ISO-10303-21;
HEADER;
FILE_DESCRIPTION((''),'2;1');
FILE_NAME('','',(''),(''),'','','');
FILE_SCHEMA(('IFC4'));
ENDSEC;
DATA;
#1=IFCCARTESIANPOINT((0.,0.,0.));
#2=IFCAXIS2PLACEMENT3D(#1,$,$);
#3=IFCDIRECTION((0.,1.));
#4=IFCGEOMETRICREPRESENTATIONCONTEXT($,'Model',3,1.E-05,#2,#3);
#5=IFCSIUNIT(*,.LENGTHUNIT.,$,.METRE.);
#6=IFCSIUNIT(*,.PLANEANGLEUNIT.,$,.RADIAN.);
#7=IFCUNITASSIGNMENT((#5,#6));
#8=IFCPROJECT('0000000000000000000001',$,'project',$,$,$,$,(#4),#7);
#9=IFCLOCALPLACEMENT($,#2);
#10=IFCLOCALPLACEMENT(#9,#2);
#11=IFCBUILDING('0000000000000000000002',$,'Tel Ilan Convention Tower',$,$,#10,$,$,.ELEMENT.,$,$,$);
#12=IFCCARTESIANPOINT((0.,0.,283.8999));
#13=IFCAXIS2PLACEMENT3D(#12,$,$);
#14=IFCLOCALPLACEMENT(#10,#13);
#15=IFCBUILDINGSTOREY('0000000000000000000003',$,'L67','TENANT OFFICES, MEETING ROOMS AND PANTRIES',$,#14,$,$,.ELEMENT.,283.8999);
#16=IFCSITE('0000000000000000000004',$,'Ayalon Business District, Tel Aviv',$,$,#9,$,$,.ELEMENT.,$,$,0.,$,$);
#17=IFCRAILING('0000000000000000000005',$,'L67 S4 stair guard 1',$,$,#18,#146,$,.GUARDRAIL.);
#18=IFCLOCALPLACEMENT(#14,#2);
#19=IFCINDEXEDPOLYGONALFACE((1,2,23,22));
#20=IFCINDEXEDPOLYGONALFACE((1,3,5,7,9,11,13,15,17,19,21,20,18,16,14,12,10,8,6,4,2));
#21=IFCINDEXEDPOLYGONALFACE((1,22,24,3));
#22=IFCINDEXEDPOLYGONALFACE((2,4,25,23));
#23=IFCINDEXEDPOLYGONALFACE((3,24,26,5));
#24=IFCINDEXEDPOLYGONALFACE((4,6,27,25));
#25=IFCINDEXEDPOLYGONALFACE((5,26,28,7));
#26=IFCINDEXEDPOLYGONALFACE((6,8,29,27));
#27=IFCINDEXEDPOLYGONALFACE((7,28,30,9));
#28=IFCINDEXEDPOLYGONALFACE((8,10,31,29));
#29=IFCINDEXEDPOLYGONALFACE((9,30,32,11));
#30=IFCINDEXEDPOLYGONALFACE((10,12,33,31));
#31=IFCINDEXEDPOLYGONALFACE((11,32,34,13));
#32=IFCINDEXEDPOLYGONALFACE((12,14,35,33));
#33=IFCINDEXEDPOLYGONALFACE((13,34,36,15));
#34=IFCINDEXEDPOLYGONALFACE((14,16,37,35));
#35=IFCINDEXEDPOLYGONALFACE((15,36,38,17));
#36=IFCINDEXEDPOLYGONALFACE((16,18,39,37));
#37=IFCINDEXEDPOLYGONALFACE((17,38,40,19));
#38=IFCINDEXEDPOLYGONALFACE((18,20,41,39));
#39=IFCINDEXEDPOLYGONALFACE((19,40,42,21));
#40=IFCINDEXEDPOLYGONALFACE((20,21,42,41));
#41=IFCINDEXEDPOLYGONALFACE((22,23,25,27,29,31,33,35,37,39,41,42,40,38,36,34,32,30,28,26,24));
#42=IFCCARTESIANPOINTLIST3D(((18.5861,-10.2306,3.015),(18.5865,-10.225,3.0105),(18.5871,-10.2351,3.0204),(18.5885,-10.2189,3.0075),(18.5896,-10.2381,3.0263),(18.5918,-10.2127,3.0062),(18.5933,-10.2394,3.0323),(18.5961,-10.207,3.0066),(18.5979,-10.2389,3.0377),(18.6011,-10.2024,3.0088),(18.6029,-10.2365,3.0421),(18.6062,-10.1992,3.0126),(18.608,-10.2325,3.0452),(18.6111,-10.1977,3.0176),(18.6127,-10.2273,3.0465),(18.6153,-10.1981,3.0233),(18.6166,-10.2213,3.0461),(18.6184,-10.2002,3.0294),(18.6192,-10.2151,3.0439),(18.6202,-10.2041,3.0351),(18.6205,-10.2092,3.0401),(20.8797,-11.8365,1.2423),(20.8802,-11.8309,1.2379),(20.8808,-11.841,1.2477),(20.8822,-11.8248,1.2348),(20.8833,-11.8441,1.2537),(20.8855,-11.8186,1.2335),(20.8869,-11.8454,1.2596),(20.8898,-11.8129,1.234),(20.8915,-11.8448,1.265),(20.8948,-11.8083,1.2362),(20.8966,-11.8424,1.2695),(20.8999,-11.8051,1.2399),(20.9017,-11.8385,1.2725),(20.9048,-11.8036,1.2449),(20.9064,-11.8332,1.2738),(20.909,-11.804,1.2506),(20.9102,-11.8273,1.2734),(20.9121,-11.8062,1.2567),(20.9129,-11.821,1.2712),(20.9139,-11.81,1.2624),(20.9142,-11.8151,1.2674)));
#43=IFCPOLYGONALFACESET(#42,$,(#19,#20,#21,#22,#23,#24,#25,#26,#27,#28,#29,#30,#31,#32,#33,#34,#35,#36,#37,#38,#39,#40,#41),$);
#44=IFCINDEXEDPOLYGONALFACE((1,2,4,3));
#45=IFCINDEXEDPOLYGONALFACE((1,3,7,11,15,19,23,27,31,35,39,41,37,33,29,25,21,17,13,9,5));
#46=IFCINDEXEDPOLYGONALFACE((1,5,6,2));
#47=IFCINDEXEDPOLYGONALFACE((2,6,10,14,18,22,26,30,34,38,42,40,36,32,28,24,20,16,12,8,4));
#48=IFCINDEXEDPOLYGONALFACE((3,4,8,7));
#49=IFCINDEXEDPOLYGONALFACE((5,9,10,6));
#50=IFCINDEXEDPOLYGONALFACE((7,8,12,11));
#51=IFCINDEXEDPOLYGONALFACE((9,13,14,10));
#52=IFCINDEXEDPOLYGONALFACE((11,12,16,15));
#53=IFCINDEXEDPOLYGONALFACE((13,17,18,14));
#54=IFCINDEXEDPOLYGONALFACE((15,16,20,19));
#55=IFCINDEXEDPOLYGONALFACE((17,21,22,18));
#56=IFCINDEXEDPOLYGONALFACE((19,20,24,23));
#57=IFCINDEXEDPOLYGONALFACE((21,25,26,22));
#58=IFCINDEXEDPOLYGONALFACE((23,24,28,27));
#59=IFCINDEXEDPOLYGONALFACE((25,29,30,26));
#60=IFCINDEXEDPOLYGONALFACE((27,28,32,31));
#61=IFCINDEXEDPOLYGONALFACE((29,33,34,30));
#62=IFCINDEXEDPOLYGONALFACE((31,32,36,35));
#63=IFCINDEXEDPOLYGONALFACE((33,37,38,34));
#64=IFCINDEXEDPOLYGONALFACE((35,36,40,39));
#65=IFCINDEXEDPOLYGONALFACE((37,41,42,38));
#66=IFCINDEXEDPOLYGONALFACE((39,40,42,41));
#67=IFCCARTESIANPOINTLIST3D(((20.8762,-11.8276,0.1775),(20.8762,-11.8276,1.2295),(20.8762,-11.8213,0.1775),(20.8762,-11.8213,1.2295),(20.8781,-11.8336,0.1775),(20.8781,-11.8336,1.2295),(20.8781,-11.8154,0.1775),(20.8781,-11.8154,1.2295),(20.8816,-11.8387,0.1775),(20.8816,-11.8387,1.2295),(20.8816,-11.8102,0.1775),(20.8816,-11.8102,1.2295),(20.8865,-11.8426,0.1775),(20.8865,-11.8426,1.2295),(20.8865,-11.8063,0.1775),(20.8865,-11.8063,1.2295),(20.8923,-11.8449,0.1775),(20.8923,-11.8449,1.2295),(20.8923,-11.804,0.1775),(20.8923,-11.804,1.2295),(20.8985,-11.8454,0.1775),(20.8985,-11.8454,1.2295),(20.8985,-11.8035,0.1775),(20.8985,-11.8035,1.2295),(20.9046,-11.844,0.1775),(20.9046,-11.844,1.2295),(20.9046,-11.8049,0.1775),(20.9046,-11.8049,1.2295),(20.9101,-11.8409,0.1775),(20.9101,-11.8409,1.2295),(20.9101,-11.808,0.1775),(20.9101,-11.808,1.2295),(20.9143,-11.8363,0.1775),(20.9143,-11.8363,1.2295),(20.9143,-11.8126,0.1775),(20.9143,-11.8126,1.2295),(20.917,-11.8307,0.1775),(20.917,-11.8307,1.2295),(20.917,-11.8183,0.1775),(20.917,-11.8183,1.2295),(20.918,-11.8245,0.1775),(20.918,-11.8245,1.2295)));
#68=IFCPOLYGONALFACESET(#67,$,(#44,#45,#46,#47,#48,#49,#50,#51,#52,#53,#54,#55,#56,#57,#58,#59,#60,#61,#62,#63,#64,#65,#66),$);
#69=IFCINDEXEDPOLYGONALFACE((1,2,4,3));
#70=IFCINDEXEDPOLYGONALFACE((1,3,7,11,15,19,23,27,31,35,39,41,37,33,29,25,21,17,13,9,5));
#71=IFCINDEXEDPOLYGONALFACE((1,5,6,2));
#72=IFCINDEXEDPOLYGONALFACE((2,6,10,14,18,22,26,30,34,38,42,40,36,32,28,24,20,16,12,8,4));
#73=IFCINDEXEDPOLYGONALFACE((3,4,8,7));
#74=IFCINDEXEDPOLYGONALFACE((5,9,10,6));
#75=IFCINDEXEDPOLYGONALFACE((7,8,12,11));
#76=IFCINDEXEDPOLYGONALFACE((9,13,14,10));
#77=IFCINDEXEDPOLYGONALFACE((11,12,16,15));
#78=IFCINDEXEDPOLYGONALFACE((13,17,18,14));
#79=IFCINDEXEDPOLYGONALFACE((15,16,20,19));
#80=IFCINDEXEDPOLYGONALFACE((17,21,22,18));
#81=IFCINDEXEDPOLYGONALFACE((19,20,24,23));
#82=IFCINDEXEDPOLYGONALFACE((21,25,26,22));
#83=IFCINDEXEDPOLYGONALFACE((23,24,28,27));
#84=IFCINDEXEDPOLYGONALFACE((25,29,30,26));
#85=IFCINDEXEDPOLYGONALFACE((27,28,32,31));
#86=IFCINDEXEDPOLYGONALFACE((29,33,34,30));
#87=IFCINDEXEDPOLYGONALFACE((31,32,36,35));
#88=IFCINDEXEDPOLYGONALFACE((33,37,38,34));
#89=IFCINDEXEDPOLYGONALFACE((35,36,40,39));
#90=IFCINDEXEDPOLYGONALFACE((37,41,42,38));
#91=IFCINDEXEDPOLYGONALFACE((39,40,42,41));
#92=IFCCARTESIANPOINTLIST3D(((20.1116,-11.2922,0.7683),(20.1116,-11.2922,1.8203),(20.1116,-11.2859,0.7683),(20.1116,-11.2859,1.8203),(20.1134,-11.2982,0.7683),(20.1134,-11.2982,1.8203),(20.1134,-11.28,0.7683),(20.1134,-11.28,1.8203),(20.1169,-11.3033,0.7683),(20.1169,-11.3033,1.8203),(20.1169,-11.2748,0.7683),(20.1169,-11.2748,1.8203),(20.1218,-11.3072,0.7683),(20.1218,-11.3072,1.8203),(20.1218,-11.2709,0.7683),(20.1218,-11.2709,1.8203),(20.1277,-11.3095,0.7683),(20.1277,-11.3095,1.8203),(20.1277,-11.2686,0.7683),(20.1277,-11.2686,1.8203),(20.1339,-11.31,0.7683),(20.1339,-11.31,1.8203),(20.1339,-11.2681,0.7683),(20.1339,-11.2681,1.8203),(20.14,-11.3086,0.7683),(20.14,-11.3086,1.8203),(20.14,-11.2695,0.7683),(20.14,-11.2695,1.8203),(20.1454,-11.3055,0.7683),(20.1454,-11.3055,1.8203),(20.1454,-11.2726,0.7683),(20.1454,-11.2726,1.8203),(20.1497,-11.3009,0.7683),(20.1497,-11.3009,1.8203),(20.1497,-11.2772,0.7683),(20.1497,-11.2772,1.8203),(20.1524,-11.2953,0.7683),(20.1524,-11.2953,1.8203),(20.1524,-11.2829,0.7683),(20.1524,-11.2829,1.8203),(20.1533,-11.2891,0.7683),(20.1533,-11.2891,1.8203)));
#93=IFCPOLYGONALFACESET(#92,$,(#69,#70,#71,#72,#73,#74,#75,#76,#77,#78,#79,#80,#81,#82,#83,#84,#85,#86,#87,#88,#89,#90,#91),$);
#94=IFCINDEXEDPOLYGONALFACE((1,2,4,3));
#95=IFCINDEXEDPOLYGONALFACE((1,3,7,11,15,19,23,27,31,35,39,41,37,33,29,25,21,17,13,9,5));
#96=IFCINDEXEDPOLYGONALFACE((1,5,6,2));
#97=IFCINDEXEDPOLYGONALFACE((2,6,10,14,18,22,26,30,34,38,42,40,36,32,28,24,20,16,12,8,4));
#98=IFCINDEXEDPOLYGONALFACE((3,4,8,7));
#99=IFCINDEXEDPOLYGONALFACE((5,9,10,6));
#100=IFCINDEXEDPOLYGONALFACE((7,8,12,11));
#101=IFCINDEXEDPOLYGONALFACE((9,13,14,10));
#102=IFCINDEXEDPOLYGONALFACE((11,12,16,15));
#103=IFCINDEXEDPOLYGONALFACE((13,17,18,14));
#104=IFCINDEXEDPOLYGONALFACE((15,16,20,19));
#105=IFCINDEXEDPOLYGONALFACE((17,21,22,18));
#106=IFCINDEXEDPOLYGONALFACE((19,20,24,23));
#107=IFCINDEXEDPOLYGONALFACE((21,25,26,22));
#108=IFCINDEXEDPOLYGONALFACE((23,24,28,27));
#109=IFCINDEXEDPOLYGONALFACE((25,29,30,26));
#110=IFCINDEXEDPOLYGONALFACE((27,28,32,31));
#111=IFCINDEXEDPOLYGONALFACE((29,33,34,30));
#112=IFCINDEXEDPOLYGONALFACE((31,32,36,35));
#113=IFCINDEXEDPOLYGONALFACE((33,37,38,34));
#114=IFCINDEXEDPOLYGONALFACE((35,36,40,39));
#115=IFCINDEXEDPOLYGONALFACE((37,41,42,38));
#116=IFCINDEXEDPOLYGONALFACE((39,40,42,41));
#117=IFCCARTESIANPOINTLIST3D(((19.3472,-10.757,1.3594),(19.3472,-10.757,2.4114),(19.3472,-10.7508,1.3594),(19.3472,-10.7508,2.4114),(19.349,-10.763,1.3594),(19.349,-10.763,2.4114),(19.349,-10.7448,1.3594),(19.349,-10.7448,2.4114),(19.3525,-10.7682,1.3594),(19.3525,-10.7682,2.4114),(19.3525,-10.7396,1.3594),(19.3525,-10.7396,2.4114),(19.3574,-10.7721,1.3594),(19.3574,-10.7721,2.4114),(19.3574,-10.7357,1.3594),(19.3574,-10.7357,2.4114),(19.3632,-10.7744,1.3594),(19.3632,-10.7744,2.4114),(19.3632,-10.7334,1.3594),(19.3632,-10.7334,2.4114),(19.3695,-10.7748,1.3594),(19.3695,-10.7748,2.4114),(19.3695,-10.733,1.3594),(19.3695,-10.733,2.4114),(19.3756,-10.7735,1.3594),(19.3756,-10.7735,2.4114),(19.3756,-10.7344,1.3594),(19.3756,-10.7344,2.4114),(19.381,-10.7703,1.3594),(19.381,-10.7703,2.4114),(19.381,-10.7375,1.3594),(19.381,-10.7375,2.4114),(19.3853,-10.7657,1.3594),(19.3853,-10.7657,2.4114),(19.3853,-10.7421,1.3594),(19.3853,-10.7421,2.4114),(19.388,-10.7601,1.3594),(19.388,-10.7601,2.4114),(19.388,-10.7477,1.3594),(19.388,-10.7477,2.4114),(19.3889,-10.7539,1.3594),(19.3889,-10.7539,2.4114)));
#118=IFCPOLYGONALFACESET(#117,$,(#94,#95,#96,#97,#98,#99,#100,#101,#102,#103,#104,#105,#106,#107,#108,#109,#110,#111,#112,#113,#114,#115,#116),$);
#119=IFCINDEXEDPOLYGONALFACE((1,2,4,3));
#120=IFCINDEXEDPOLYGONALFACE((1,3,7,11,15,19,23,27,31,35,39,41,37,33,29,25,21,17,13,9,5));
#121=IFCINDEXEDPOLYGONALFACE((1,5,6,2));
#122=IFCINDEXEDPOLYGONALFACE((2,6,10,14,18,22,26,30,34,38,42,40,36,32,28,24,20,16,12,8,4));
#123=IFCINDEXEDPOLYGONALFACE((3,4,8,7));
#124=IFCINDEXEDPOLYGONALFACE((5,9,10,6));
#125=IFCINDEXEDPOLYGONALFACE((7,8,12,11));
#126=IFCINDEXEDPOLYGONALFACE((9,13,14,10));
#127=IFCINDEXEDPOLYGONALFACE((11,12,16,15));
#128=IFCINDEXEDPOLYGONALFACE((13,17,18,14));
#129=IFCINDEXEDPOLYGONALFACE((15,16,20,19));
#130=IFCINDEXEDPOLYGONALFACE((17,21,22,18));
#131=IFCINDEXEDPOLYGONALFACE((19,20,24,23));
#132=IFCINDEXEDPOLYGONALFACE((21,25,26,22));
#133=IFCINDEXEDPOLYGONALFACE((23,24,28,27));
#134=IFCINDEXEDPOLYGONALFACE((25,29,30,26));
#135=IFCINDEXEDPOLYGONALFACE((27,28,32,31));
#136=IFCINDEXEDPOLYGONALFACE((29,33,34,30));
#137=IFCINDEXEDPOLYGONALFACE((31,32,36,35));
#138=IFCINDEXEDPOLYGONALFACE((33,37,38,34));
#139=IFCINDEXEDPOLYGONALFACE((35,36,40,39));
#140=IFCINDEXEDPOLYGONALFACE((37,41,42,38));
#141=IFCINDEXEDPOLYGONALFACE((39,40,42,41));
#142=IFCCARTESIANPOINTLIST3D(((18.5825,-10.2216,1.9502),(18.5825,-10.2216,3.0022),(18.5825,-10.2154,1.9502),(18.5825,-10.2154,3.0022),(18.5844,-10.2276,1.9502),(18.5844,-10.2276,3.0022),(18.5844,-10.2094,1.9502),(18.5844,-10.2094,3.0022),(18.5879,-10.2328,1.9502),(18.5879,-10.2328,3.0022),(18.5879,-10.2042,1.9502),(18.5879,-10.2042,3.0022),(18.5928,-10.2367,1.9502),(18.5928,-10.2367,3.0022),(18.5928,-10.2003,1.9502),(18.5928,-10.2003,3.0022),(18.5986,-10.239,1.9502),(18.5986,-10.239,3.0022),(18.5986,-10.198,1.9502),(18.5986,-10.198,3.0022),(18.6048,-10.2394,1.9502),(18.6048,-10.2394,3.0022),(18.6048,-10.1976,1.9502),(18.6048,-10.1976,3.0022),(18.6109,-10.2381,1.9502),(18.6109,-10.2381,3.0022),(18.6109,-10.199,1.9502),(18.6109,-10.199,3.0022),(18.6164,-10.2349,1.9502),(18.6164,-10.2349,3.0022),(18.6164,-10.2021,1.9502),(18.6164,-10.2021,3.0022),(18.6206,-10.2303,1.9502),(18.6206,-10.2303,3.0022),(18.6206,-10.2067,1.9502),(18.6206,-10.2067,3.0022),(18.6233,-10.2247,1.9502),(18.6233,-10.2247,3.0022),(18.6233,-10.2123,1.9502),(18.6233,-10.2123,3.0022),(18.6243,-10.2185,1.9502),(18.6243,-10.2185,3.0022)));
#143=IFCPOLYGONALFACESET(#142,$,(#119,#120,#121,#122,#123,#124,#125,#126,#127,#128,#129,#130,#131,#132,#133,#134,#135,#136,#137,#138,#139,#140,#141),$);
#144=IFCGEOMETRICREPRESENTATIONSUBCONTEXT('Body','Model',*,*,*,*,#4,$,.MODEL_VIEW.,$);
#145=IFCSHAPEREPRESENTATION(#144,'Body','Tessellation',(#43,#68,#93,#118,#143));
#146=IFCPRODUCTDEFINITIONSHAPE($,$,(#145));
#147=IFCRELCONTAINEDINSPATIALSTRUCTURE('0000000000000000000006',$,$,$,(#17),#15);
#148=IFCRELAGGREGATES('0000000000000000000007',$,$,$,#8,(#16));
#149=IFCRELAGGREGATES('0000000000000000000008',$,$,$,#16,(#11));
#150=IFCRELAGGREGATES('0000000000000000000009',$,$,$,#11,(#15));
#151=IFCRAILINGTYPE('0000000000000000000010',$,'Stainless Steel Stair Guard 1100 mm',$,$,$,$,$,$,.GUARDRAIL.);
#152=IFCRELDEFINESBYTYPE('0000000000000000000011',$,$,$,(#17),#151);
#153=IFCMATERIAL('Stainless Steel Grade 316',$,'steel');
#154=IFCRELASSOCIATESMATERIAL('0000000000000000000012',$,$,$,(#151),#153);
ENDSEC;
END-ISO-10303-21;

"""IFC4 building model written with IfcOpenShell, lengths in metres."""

from ifc_helpers import new_model, si_unit, direction, frame, origin, origin_2d, place, context, subcontext, project, spatial, circle, extrude, material, type_object, element, save


model = new_model("IFC4")

# Units and contexts
model_context = context("Model", 3, precision=1e-05, world=origin(), true_north=direction((0.0, 1.0)))
body_context = subcontext(model_context, "Body", "Model", "MODEL_VIEW")
ifc_project = project(units=[si_unit("LENGTHUNIT", "METRE"), si_unit("PLANEANGLEUNIT", "RADIAN")], contexts=[model_context])

# Site, building, storey
site_placement = place(None, origin())
site = spatial("IfcSite", under=ifc_project, at=site_placement, Name="Ayalon Business District, Tel Aviv", CompositionType="ELEMENT", RefElevation=0.0)
building_placement = place(site_placement, origin())
building = spatial("IfcBuilding", under=site, at=building_placement, Name="Tel Ilan Convention Tower", CompositionType="ELEMENT")
storey_placement = place(building_placement, frame((0.0, 0.0, 283.8999)))
storey = spatial("IfcBuildingStorey", under=building, at=storey_placement, Name="L67", Description="TENANT OFFICES, MEETING ROOMS AND PANTRIES", CompositionType="ELEMENT", Elevation=283.8999)

# Railing
ifc_material_1 = material(Name="Stainless Steel Grade 316", Category="steel")
railing_type = type_object("IfcRailingType", Name="Stainless Steel Stair Guard 1100 mm", PredefinedType="GUARDRAIL", material=ifc_material_1)
railing_1_placement = place(storey_placement, frame((20.897, -11.8245, 0.1775)))
element("IfcRailing", 1, at=railing_1_placement, inside=storey, type_object=railing_type, Name="L67 S4 stair guard 1", PredefinedType="GUARDRAIL", context=body_context, shape_type="SweptSolid", body=[
    extrude(circle(Radius=0.0239, at=origin_2d()), frame((0.0, 0.0, 1.0762), z_axis=(-0.692123, 0.484597, 0.534913), x_axis=(-0.57355, -0.81917, 0.0)), (0.0, 0.0, 1.0), 3.314),
    extrude(circle(Radius=0.021, at=origin_2d()), origin(), (0.0, 0.0, 1.0), 1.052),
    extrude(circle(Radius=0.021, at=origin_2d()), frame((-0.7646, 0.5354, 0.5908)), (0.0, 0.0, 1.0), 1.052),
    extrude(circle(Radius=0.021, at=origin_2d()), frame((-1.5291, 1.0706, 1.1819)), (0.0, 0.0, 1.0), 1.052),
    extrude(circle(Radius=0.021, at=origin_2d()), frame((-2.2937, 1.606, 1.7727)), (0.0, 0.0, 1.0), 1.052),
])

save(model, "model.ifc")
